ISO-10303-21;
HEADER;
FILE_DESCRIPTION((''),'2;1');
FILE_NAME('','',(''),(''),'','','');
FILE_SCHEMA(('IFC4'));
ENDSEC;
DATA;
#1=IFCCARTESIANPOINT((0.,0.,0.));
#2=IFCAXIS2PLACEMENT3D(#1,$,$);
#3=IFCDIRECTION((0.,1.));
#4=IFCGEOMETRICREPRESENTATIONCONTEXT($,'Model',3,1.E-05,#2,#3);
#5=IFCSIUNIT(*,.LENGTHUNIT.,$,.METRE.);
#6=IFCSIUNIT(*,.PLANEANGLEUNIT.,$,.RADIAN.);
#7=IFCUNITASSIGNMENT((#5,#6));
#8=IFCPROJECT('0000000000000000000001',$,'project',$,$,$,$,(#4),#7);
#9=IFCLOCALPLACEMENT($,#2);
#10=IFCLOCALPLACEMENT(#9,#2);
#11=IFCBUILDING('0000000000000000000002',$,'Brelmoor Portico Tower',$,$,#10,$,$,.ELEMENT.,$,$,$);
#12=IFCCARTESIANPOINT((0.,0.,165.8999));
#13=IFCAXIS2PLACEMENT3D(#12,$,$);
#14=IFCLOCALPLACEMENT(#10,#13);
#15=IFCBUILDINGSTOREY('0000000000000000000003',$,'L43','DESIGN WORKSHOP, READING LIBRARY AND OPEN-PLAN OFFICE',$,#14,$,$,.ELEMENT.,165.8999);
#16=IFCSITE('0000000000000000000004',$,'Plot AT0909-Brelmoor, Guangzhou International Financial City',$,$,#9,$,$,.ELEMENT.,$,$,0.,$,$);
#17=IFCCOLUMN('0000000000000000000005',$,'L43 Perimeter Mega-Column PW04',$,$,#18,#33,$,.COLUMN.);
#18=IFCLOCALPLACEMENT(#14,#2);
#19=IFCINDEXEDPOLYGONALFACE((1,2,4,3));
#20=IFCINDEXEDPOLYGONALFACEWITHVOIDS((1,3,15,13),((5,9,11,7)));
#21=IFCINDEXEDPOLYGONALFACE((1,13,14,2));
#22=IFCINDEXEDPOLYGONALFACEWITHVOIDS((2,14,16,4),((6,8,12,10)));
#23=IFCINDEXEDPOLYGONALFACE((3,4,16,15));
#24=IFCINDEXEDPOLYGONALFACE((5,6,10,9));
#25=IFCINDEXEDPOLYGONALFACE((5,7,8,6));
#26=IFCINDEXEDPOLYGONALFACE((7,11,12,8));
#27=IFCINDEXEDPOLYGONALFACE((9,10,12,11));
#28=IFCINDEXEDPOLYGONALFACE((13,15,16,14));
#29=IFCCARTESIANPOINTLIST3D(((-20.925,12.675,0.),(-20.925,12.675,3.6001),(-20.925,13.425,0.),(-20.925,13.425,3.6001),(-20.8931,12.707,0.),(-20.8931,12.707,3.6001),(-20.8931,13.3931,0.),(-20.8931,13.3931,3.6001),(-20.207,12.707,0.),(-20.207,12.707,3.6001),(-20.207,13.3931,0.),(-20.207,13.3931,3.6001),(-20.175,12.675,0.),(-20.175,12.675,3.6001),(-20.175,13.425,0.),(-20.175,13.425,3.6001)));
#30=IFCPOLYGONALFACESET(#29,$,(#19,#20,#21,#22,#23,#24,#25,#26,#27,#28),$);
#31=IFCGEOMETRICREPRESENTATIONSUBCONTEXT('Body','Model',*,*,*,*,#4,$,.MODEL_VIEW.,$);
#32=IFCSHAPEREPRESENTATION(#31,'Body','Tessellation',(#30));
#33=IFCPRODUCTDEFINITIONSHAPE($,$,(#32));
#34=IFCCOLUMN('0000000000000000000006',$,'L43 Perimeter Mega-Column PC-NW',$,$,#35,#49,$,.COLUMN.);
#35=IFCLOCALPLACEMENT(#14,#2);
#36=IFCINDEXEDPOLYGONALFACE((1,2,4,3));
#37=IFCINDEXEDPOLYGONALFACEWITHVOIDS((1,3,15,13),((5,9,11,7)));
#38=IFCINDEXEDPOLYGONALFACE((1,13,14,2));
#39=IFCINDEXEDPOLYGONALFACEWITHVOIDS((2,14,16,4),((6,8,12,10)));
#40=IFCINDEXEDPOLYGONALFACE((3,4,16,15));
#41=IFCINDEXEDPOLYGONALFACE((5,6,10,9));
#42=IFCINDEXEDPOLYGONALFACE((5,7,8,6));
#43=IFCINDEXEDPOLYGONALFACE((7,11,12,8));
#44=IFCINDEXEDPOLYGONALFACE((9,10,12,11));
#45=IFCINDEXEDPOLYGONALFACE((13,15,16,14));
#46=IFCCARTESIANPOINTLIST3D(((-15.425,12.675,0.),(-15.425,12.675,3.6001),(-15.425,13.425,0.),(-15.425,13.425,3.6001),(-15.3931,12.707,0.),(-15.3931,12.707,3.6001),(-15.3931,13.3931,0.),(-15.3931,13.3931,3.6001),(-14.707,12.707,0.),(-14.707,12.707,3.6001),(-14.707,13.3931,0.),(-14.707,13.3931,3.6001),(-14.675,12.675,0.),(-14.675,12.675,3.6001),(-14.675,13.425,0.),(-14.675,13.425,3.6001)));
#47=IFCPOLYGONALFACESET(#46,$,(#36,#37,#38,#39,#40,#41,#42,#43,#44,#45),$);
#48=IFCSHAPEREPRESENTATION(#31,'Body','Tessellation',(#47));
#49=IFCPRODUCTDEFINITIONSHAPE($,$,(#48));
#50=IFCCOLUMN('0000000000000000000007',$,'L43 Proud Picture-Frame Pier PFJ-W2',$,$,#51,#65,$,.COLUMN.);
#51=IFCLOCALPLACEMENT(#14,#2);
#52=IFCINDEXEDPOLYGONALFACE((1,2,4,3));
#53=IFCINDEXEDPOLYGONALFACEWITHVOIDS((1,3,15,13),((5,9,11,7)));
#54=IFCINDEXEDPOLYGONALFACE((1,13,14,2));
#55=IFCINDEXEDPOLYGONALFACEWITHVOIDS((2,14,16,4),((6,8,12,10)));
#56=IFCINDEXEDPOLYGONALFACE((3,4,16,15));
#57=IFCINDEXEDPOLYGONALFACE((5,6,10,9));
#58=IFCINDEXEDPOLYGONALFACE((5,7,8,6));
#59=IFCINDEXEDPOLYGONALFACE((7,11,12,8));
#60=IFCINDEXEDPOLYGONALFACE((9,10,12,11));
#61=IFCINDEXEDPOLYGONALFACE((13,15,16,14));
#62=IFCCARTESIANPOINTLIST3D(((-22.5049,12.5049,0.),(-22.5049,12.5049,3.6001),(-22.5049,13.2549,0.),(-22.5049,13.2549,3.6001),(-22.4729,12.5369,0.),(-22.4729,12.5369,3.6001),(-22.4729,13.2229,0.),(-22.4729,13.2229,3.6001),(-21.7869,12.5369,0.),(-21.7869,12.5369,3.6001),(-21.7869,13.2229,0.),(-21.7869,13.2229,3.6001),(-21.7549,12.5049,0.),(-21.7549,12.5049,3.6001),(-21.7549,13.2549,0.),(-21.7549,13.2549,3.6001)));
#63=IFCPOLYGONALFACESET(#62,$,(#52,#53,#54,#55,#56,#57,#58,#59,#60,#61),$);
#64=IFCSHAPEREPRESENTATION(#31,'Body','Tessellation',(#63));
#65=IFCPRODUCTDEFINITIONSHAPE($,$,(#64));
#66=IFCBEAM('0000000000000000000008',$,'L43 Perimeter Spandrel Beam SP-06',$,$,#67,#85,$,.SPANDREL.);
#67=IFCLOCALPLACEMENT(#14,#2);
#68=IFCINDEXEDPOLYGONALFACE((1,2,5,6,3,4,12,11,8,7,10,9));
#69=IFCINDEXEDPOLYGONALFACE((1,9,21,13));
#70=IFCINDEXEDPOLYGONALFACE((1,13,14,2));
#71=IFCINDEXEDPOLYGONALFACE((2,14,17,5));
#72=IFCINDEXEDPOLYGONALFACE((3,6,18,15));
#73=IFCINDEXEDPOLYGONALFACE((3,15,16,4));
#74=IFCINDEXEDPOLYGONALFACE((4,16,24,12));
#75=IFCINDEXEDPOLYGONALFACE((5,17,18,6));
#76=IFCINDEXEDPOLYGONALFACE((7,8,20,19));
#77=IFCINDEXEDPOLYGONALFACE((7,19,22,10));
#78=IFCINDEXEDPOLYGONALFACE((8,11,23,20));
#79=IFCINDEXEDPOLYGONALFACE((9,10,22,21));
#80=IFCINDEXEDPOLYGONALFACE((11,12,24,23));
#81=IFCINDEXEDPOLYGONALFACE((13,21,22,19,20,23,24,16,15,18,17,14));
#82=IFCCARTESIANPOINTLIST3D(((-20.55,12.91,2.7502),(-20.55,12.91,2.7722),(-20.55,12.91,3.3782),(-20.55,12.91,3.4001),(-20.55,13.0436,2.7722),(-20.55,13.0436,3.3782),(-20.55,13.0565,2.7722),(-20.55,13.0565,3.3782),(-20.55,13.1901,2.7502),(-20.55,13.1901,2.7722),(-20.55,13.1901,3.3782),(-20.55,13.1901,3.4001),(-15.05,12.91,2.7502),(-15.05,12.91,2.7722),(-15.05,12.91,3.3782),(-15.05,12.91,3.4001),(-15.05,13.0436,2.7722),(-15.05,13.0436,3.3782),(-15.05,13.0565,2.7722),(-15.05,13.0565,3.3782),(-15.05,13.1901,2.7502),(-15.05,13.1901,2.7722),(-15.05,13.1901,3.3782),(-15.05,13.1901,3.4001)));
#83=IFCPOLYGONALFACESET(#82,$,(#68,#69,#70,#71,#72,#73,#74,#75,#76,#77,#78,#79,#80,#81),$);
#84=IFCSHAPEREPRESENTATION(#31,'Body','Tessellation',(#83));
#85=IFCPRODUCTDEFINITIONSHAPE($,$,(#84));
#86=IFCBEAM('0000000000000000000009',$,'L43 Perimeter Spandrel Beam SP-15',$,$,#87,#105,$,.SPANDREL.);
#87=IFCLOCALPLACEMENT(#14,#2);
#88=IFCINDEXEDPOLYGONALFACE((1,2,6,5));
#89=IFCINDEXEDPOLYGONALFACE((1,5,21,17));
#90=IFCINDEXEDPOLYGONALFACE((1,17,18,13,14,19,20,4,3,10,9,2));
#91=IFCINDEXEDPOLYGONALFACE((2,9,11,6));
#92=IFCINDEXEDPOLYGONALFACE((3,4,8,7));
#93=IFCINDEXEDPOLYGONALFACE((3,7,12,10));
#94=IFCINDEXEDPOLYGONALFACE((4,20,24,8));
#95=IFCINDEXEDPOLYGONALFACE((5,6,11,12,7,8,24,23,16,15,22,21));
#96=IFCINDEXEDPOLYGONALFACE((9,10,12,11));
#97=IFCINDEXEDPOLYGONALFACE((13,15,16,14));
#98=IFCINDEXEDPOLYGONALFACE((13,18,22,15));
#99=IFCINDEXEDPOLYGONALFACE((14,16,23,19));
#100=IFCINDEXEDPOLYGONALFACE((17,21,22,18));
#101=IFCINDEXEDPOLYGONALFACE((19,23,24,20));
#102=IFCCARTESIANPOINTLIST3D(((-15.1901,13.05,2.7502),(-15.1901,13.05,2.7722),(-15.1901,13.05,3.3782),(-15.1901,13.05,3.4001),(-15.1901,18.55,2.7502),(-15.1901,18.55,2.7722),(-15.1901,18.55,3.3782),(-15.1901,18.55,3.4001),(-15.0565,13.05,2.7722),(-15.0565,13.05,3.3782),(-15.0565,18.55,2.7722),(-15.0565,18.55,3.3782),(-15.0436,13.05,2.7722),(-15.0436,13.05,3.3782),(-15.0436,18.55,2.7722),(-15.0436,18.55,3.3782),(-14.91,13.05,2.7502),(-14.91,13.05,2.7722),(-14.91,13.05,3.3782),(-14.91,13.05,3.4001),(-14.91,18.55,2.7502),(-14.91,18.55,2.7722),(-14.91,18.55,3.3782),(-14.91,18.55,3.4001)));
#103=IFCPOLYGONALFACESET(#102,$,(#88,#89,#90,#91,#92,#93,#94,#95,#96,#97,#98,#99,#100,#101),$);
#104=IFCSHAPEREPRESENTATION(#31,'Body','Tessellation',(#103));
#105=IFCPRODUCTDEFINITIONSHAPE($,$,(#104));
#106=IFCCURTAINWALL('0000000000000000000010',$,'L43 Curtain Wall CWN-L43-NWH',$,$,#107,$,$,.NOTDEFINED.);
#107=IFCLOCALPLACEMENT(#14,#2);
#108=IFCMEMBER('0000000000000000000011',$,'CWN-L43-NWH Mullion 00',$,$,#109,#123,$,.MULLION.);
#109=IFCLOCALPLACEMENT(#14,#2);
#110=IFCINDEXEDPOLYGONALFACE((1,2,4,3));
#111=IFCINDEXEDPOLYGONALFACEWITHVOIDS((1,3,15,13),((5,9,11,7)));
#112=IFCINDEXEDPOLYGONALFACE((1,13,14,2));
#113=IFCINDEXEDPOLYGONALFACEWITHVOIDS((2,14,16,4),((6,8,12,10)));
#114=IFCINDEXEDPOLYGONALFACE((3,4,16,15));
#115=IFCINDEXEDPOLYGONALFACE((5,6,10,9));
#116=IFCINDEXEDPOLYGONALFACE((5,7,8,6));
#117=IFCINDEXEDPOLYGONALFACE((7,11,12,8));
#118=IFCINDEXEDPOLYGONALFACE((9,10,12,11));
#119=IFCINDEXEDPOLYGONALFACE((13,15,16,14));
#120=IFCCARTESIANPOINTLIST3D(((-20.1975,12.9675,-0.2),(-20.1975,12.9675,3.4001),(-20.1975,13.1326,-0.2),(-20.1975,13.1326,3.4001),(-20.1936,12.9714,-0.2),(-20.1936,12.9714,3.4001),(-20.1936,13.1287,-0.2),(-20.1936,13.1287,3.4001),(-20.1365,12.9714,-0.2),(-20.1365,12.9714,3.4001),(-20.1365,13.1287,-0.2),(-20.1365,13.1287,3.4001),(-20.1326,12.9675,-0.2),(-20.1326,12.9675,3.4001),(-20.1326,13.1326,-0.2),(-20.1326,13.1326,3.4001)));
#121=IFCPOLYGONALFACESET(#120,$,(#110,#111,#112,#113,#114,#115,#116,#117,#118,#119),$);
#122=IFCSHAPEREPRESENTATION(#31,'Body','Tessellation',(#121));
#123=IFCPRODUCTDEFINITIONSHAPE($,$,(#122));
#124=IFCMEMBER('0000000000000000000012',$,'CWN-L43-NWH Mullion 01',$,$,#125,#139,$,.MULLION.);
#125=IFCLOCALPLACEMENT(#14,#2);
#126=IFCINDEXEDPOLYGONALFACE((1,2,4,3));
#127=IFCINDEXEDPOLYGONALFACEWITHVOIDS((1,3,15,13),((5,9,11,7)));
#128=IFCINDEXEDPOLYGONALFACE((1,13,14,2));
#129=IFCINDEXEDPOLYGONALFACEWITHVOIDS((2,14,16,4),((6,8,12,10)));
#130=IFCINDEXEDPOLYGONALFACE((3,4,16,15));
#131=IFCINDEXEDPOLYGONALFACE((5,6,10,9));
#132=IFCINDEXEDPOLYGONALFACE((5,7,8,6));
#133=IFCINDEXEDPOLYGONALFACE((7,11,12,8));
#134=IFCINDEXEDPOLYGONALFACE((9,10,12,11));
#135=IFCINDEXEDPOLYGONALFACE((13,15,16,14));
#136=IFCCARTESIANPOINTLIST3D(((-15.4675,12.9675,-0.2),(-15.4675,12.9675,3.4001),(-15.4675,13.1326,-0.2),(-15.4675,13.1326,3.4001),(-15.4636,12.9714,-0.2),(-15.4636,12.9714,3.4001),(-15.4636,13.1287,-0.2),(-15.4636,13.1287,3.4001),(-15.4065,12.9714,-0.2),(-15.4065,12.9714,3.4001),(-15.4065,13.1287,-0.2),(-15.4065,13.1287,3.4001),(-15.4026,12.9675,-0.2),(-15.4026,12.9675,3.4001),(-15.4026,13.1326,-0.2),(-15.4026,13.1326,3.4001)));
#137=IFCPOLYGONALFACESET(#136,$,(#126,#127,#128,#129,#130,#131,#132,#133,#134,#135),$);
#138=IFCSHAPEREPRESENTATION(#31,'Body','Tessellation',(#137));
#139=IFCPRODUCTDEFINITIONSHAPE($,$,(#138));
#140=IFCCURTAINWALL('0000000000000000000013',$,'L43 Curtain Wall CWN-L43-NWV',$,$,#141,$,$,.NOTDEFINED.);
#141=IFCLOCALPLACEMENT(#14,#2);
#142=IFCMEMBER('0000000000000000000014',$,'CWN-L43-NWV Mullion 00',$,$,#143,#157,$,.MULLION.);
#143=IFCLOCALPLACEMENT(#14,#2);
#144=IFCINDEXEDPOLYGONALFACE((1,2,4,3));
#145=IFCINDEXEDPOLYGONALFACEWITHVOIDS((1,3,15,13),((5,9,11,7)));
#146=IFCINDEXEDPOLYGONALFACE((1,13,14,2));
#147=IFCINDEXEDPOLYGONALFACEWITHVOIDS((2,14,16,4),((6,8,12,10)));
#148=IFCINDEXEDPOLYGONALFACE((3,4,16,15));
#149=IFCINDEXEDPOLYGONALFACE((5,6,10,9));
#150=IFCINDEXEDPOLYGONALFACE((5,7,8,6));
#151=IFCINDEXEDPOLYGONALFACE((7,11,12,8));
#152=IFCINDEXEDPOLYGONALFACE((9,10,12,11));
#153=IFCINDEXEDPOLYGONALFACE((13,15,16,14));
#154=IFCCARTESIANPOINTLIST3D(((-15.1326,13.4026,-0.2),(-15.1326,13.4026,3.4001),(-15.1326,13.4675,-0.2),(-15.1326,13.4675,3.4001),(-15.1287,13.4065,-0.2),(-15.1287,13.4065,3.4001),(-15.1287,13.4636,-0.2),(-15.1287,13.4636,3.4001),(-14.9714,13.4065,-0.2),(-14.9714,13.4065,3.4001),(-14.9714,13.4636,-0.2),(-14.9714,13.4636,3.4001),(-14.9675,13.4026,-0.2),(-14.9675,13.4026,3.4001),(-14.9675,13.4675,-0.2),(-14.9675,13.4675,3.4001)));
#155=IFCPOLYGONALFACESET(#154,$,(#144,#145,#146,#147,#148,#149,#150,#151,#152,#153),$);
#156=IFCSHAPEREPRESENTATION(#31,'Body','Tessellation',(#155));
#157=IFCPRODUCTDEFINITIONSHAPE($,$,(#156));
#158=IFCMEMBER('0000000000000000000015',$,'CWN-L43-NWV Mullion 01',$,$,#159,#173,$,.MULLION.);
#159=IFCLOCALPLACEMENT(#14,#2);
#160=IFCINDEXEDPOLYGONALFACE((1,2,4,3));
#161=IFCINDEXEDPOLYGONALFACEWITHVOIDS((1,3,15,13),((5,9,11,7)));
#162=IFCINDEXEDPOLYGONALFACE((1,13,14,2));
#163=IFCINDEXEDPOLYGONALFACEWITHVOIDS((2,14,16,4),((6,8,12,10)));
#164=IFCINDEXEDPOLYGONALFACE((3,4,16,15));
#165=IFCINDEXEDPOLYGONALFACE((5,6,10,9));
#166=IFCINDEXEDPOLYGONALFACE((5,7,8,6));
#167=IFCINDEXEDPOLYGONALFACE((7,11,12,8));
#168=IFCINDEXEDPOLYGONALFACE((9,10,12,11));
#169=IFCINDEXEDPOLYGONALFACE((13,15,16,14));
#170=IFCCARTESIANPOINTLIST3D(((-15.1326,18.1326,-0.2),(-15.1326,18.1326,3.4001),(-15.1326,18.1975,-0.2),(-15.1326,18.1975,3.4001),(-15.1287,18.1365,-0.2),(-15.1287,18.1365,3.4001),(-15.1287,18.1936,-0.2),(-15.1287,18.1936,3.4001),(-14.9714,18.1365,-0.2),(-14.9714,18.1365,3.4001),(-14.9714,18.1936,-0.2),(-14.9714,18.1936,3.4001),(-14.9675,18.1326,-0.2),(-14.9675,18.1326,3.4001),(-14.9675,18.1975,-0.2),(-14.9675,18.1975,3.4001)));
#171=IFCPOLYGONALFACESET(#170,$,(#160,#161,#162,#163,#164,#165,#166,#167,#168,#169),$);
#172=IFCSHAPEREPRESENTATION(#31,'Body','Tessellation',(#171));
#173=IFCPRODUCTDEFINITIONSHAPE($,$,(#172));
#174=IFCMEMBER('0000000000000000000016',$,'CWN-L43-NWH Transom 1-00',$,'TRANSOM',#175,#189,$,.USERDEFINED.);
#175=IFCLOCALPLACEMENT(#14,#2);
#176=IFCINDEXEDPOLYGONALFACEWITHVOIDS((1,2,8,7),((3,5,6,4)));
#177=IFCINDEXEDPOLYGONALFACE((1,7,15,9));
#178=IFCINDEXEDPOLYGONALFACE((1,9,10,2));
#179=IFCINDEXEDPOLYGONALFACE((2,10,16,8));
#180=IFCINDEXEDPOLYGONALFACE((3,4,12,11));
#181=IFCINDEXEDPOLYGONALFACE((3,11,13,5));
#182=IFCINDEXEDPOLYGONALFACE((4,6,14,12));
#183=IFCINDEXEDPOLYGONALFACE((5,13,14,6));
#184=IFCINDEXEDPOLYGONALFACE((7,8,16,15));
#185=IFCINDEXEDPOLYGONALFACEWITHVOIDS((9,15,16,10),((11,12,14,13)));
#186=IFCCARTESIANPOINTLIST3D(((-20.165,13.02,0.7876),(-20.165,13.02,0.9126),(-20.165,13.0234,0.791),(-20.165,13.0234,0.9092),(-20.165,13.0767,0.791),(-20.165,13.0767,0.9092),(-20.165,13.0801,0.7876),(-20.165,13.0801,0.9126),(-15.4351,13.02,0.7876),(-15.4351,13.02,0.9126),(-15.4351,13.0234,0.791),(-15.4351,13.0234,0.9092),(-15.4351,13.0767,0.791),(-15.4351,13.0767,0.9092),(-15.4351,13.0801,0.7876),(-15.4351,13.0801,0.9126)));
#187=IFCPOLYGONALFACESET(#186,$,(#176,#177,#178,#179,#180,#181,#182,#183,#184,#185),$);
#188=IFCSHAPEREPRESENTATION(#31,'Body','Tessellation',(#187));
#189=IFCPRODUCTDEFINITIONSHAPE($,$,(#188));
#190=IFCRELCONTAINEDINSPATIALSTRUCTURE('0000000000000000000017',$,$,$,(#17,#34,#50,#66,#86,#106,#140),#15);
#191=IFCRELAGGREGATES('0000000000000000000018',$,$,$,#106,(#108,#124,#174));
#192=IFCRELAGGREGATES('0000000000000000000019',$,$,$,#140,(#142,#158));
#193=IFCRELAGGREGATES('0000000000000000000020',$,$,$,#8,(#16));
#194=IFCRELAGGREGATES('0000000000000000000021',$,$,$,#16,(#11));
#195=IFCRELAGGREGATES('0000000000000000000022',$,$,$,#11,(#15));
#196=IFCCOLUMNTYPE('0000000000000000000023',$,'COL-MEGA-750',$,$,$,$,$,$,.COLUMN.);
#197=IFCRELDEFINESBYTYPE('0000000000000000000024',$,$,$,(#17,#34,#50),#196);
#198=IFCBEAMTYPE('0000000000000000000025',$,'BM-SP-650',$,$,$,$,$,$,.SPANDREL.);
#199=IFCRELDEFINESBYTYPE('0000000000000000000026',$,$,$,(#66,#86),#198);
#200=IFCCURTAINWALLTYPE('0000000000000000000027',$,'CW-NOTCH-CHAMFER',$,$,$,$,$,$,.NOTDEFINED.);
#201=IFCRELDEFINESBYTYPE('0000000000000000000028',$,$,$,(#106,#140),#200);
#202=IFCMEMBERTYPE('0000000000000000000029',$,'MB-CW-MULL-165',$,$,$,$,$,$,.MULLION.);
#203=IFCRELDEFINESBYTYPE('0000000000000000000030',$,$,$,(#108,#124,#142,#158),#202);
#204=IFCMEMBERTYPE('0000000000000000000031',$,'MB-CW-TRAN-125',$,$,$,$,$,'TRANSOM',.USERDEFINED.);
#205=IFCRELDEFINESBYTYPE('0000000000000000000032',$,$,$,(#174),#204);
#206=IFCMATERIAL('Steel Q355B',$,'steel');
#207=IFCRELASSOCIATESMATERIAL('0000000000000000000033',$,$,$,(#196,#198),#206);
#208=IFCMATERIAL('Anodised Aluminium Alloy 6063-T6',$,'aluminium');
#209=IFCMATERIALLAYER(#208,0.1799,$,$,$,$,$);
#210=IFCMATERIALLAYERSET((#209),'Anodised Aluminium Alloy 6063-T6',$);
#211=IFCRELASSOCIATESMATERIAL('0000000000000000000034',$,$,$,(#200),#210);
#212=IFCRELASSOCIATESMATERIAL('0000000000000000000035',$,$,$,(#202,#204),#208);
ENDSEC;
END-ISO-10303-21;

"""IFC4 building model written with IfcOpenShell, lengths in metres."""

from ifc_helpers import new_model, si_unit, direction, frame, origin, origin_2d, place, context, subcontext, project, spatial, hollow_rectangle, i_section, extrude, material, layer, layer_set, material_profile, profile_set, type_object, element, aggregate, save


model = new_model("IFC4")

# Units and contexts
model_context = context("Model", 3, precision=1e-05, world=origin(), true_north=direction((0.0, 1.0)))
body_context = subcontext(model_context, "Body", "Model", "MODEL_VIEW")
ifc_project = project(units=[si_unit("LENGTHUNIT", "METRE"), si_unit("PLANEANGLEUNIT", "RADIAN")], contexts=[model_context])

# Site, building, storey
site_placement = place(None, origin())
site = spatial("IfcSite", under=ifc_project, at=site_placement, Name="Plot AT0909-Brelmoor, Guangzhou International Financial City", CompositionType="ELEMENT", RefElevation=0.0)
building_placement = place(site_placement, origin())
building = spatial("IfcBuilding", under=site, at=building_placement, Name="Brelmoor Portico Tower", CompositionType="ELEMENT")
storey_placement = place(building_placement, frame((0.0, 0.0, 165.8999)))
storey = spatial("IfcBuildingStorey", under=building, at=storey_placement, Name="L43", Description="DESIGN WORKSHOP, READING LIBRARY AND OPEN-PLAN OFFICE", CompositionType="ELEMENT", Elevation=165.8999)

# Columns
ifc_material_1 = material(Name="Steel Q355B", Category="steel")
ifc_material_profile_1 = material_profile(ifc_material_1, hollow_rectangle(XDim=0.75, YDim=0.75, WallThickness=0.032, at=origin_2d()), Name="BOX 750x750x32")
ifc_profile_set_1 = profile_set([ifc_material_profile_1], Name="Steel Q355B")
column_type = type_object("IfcColumnType", Name="COL-MEGA-750", PredefinedType="COLUMN", material=ifc_profile_set_1)
for number, where, z_axis, x_axis, name in (
    (1, (-20.55, 13.05, 0.0), (0.0, 0.0, 1.0), (0.0, 1.0, 0.0), "L43 Perimeter Mega-Column PW04"),
    (2, (-15.05, 13.05, 0.0), (0.0, 0.0, 1.0), (1.0, 0.0, 0.0), "L43 Perimeter Mega-Column PC-NW"),
    (3, (-22.1299, 12.8799, 0.0), (0.0, 0.0, 1.0), (0.0, 1.0, 0.0), "L43 Proud Picture-Frame Pier PFJ-W2"),
):
    element("IfcColumn", number, at=place(storey_placement, frame(where, z_axis=z_axis, x_axis=x_axis)), inside=storey, type_object=column_type, Name=name, PredefinedType="COLUMN", context=body_context, shape_type="SweptSolid", body=[
        extrude(hollow_rectangle(XDim=0.75, YDim=0.75, WallThickness=0.032, at=origin_2d()), origin(), (0.0, 0.0, 1.0), 3.6001),
    ])

# Beams
ifc_material_profile_2 = material_profile(ifc_material_1, i_section(OverallWidth=0.28, OverallDepth=0.6499, WebThickness=0.0129, FlangeThickness=0.022, at=origin_2d()), Name="HN 650x280x13x22")
ifc_profile_set_2 = profile_set([ifc_material_profile_2], Name="Steel Q355B")
beam_type = type_object("IfcBeamType", Name="BM-SP-650", PredefinedType="SPANDREL", material=ifc_profile_set_2)
for number, where, z_axis, x_axis, name in (
    (4, (-20.55, 13.05, 3.0752), (1.0, 0.0, 0.0), (0.0, 1.0, 0.0), "L43 Perimeter Spandrel Beam SP-06"),
    (5, (-15.05, 13.05, 3.0752), (0.0, 1.0, 0.0), (-1.0, 0.0, 0.0), "L43 Perimeter Spandrel Beam SP-15"),
):
    element("IfcBeam", number, at=place(storey_placement, frame(where, z_axis=z_axis, x_axis=x_axis)), inside=storey, type_object=beam_type, Name=name, PredefinedType="SPANDREL", context=body_context, shape_type="SweptSolid", body=[
        extrude(i_section(OverallWidth=0.28, OverallDepth=0.6499, WebThickness=0.0129, FlangeThickness=0.022, at=origin_2d()), origin(), (0.0, 0.0, 1.0), 5.5),
    ])

# Curtain walls, members
ifc_material_2 = material(Name="Anodised Aluminium Alloy 6063-T6", Category="aluminium")
ifc_layer_1 = layer(ifc_material_2, 0.1799)
ifc_layer_set_1 = layer_set([ifc_layer_1], Name="Anodised Aluminium Alloy 6063-T6")
curtain_wall_type = type_object("IfcCurtainWallType", Name="CW-NOTCH-CHAMFER", PredefinedType="NOTDEFINED", material=ifc_layer_set_1)
curtain_wall_1_placement = place(storey_placement, origin())
curtain_wall_1 = element("IfcCurtainWall", 6, at=curtain_wall_1_placement, inside=storey, type_object=curtain_wall_type, Name="L43 Curtain Wall CWN-L43-NWH", PredefinedType="NOTDEFINED")
ifc_material_profile_3 = material_profile(ifc_material_2, hollow_rectangle(XDim=0.0649, YDim=0.165, WallThickness=0.0039, at=origin_2d()), Name="ALU MULLION 65x165")
ifc_profile_set_3 = profile_set([ifc_material_profile_3], Name="Anodised Aluminium Alloy 6063-T6")
member_type_1 = type_object("IfcMemberType", Name="MB-CW-MULL-165", PredefinedType="MULLION", material=ifc_profile_set_3)
member_1_placement = place(storey_placement, frame((-20.165, 13.05, -0.2), z_axis=(0.0, 0.0, 1.0), x_axis=(1.0, 0.0, 0.0)))
member_1 = element("IfcMember", 7, at=member_1_placement, type_object=member_type_1, Name="CWN-L43-NWH Mullion 00", PredefinedType="MULLION", context=body_context, shape_type="SweptSolid", body=[
    extrude(hollow_rectangle(XDim=0.0649, YDim=0.165, WallThickness=0.0039, at=origin_2d()), origin(), (0.0, 0.0, 1.0), 3.6001),
])
member_2_placement = place(storey_placement, frame((-15.4351, 13.05, -0.2), z_axis=(0.0, 0.0, 1.0), x_axis=(1.0, 0.0, 0.0)))
member_2 = element("IfcMember", 8, at=member_2_placement, type_object=member_type_1, Name="CWN-L43-NWH Mullion 01", PredefinedType="MULLION", context=body_context, shape_type="SweptSolid", body=[
    extrude(hollow_rectangle(XDim=0.0649, YDim=0.165, WallThickness=0.0039, at=origin_2d()), origin(), (0.0, 0.0, 1.0), 3.6001),
])
curtain_wall_2_placement = place(storey_placement, origin())
curtain_wall_2 = element("IfcCurtainWall", 9, at=curtain_wall_2_placement, inside=storey, type_object=curtain_wall_type, Name="L43 Curtain Wall CWN-L43-NWV", PredefinedType="NOTDEFINED")
member_3_placement = place(storey_placement, frame((-15.05, 13.4351, -0.2), z_axis=(0.0, 0.0, 1.0), x_axis=(0.0, 1.0, 0.0)))
member_3 = element("IfcMember", 10, at=member_3_placement, type_object=member_type_1, Name="CWN-L43-NWV Mullion 00", PredefinedType="MULLION", context=body_context, shape_type="SweptSolid", body=[
    extrude(hollow_rectangle(XDim=0.0649, YDim=0.165, WallThickness=0.0039, at=origin_2d()), origin(), (0.0, 0.0, 1.0), 3.6001),
])
member_4_placement = place(storey_placement, frame((-15.05, 18.165, -0.2), z_axis=(0.0, 0.0, 1.0), x_axis=(0.0, 1.0, 0.0)))
member_4 = element("IfcMember", 11, at=member_4_placement, type_object=member_type_1, Name="CWN-L43-NWV Mullion 01", PredefinedType="MULLION", context=body_context, shape_type="SweptSolid", body=[
    extrude(hollow_rectangle(XDim=0.0649, YDim=0.165, WallThickness=0.0039, at=origin_2d()), origin(), (0.0, 0.0, 1.0), 3.6001),
])

# Member
ifc_material_profile_4 = material_profile(ifc_material_2, hollow_rectangle(XDim=0.0601, YDim=0.125, WallThickness=0.0034, at=origin_2d()), Name="ALU TRANSOM 60x125")
ifc_profile_set_4 = profile_set([ifc_material_profile_4], Name="Anodised Aluminium Alloy 6063-T6")
member_type_2 = type_object("IfcMemberType", Name="MB-CW-TRAN-125", ElementType="TRANSOM", PredefinedType="USERDEFINED", material=ifc_profile_set_4)
member_5_placement = place(storey_placement, frame((-20.165, 13.05, 0.8501), z_axis=(1.0, 0.0, 0.0), x_axis=(0.0, 1.0, 0.0)))
member_5 = element("IfcMember", 12, at=member_5_placement, type_object=member_type_2, Name="CWN-L43-NWH Transom 1-00", ObjectType="TRANSOM", PredefinedType="USERDEFINED", context=body_context, shape_type="SweptSolid", body=[
    extrude(hollow_rectangle(XDim=0.0601, YDim=0.125, WallThickness=0.0034, at=origin_2d()), origin(), (0.0, 0.0, 1.0), 4.73),
])

aggregate(curtain_wall_1, [member_1, member_2, member_5])
aggregate(curtain_wall_2, [member_3, member_4])

save(model, "model.ifc")
